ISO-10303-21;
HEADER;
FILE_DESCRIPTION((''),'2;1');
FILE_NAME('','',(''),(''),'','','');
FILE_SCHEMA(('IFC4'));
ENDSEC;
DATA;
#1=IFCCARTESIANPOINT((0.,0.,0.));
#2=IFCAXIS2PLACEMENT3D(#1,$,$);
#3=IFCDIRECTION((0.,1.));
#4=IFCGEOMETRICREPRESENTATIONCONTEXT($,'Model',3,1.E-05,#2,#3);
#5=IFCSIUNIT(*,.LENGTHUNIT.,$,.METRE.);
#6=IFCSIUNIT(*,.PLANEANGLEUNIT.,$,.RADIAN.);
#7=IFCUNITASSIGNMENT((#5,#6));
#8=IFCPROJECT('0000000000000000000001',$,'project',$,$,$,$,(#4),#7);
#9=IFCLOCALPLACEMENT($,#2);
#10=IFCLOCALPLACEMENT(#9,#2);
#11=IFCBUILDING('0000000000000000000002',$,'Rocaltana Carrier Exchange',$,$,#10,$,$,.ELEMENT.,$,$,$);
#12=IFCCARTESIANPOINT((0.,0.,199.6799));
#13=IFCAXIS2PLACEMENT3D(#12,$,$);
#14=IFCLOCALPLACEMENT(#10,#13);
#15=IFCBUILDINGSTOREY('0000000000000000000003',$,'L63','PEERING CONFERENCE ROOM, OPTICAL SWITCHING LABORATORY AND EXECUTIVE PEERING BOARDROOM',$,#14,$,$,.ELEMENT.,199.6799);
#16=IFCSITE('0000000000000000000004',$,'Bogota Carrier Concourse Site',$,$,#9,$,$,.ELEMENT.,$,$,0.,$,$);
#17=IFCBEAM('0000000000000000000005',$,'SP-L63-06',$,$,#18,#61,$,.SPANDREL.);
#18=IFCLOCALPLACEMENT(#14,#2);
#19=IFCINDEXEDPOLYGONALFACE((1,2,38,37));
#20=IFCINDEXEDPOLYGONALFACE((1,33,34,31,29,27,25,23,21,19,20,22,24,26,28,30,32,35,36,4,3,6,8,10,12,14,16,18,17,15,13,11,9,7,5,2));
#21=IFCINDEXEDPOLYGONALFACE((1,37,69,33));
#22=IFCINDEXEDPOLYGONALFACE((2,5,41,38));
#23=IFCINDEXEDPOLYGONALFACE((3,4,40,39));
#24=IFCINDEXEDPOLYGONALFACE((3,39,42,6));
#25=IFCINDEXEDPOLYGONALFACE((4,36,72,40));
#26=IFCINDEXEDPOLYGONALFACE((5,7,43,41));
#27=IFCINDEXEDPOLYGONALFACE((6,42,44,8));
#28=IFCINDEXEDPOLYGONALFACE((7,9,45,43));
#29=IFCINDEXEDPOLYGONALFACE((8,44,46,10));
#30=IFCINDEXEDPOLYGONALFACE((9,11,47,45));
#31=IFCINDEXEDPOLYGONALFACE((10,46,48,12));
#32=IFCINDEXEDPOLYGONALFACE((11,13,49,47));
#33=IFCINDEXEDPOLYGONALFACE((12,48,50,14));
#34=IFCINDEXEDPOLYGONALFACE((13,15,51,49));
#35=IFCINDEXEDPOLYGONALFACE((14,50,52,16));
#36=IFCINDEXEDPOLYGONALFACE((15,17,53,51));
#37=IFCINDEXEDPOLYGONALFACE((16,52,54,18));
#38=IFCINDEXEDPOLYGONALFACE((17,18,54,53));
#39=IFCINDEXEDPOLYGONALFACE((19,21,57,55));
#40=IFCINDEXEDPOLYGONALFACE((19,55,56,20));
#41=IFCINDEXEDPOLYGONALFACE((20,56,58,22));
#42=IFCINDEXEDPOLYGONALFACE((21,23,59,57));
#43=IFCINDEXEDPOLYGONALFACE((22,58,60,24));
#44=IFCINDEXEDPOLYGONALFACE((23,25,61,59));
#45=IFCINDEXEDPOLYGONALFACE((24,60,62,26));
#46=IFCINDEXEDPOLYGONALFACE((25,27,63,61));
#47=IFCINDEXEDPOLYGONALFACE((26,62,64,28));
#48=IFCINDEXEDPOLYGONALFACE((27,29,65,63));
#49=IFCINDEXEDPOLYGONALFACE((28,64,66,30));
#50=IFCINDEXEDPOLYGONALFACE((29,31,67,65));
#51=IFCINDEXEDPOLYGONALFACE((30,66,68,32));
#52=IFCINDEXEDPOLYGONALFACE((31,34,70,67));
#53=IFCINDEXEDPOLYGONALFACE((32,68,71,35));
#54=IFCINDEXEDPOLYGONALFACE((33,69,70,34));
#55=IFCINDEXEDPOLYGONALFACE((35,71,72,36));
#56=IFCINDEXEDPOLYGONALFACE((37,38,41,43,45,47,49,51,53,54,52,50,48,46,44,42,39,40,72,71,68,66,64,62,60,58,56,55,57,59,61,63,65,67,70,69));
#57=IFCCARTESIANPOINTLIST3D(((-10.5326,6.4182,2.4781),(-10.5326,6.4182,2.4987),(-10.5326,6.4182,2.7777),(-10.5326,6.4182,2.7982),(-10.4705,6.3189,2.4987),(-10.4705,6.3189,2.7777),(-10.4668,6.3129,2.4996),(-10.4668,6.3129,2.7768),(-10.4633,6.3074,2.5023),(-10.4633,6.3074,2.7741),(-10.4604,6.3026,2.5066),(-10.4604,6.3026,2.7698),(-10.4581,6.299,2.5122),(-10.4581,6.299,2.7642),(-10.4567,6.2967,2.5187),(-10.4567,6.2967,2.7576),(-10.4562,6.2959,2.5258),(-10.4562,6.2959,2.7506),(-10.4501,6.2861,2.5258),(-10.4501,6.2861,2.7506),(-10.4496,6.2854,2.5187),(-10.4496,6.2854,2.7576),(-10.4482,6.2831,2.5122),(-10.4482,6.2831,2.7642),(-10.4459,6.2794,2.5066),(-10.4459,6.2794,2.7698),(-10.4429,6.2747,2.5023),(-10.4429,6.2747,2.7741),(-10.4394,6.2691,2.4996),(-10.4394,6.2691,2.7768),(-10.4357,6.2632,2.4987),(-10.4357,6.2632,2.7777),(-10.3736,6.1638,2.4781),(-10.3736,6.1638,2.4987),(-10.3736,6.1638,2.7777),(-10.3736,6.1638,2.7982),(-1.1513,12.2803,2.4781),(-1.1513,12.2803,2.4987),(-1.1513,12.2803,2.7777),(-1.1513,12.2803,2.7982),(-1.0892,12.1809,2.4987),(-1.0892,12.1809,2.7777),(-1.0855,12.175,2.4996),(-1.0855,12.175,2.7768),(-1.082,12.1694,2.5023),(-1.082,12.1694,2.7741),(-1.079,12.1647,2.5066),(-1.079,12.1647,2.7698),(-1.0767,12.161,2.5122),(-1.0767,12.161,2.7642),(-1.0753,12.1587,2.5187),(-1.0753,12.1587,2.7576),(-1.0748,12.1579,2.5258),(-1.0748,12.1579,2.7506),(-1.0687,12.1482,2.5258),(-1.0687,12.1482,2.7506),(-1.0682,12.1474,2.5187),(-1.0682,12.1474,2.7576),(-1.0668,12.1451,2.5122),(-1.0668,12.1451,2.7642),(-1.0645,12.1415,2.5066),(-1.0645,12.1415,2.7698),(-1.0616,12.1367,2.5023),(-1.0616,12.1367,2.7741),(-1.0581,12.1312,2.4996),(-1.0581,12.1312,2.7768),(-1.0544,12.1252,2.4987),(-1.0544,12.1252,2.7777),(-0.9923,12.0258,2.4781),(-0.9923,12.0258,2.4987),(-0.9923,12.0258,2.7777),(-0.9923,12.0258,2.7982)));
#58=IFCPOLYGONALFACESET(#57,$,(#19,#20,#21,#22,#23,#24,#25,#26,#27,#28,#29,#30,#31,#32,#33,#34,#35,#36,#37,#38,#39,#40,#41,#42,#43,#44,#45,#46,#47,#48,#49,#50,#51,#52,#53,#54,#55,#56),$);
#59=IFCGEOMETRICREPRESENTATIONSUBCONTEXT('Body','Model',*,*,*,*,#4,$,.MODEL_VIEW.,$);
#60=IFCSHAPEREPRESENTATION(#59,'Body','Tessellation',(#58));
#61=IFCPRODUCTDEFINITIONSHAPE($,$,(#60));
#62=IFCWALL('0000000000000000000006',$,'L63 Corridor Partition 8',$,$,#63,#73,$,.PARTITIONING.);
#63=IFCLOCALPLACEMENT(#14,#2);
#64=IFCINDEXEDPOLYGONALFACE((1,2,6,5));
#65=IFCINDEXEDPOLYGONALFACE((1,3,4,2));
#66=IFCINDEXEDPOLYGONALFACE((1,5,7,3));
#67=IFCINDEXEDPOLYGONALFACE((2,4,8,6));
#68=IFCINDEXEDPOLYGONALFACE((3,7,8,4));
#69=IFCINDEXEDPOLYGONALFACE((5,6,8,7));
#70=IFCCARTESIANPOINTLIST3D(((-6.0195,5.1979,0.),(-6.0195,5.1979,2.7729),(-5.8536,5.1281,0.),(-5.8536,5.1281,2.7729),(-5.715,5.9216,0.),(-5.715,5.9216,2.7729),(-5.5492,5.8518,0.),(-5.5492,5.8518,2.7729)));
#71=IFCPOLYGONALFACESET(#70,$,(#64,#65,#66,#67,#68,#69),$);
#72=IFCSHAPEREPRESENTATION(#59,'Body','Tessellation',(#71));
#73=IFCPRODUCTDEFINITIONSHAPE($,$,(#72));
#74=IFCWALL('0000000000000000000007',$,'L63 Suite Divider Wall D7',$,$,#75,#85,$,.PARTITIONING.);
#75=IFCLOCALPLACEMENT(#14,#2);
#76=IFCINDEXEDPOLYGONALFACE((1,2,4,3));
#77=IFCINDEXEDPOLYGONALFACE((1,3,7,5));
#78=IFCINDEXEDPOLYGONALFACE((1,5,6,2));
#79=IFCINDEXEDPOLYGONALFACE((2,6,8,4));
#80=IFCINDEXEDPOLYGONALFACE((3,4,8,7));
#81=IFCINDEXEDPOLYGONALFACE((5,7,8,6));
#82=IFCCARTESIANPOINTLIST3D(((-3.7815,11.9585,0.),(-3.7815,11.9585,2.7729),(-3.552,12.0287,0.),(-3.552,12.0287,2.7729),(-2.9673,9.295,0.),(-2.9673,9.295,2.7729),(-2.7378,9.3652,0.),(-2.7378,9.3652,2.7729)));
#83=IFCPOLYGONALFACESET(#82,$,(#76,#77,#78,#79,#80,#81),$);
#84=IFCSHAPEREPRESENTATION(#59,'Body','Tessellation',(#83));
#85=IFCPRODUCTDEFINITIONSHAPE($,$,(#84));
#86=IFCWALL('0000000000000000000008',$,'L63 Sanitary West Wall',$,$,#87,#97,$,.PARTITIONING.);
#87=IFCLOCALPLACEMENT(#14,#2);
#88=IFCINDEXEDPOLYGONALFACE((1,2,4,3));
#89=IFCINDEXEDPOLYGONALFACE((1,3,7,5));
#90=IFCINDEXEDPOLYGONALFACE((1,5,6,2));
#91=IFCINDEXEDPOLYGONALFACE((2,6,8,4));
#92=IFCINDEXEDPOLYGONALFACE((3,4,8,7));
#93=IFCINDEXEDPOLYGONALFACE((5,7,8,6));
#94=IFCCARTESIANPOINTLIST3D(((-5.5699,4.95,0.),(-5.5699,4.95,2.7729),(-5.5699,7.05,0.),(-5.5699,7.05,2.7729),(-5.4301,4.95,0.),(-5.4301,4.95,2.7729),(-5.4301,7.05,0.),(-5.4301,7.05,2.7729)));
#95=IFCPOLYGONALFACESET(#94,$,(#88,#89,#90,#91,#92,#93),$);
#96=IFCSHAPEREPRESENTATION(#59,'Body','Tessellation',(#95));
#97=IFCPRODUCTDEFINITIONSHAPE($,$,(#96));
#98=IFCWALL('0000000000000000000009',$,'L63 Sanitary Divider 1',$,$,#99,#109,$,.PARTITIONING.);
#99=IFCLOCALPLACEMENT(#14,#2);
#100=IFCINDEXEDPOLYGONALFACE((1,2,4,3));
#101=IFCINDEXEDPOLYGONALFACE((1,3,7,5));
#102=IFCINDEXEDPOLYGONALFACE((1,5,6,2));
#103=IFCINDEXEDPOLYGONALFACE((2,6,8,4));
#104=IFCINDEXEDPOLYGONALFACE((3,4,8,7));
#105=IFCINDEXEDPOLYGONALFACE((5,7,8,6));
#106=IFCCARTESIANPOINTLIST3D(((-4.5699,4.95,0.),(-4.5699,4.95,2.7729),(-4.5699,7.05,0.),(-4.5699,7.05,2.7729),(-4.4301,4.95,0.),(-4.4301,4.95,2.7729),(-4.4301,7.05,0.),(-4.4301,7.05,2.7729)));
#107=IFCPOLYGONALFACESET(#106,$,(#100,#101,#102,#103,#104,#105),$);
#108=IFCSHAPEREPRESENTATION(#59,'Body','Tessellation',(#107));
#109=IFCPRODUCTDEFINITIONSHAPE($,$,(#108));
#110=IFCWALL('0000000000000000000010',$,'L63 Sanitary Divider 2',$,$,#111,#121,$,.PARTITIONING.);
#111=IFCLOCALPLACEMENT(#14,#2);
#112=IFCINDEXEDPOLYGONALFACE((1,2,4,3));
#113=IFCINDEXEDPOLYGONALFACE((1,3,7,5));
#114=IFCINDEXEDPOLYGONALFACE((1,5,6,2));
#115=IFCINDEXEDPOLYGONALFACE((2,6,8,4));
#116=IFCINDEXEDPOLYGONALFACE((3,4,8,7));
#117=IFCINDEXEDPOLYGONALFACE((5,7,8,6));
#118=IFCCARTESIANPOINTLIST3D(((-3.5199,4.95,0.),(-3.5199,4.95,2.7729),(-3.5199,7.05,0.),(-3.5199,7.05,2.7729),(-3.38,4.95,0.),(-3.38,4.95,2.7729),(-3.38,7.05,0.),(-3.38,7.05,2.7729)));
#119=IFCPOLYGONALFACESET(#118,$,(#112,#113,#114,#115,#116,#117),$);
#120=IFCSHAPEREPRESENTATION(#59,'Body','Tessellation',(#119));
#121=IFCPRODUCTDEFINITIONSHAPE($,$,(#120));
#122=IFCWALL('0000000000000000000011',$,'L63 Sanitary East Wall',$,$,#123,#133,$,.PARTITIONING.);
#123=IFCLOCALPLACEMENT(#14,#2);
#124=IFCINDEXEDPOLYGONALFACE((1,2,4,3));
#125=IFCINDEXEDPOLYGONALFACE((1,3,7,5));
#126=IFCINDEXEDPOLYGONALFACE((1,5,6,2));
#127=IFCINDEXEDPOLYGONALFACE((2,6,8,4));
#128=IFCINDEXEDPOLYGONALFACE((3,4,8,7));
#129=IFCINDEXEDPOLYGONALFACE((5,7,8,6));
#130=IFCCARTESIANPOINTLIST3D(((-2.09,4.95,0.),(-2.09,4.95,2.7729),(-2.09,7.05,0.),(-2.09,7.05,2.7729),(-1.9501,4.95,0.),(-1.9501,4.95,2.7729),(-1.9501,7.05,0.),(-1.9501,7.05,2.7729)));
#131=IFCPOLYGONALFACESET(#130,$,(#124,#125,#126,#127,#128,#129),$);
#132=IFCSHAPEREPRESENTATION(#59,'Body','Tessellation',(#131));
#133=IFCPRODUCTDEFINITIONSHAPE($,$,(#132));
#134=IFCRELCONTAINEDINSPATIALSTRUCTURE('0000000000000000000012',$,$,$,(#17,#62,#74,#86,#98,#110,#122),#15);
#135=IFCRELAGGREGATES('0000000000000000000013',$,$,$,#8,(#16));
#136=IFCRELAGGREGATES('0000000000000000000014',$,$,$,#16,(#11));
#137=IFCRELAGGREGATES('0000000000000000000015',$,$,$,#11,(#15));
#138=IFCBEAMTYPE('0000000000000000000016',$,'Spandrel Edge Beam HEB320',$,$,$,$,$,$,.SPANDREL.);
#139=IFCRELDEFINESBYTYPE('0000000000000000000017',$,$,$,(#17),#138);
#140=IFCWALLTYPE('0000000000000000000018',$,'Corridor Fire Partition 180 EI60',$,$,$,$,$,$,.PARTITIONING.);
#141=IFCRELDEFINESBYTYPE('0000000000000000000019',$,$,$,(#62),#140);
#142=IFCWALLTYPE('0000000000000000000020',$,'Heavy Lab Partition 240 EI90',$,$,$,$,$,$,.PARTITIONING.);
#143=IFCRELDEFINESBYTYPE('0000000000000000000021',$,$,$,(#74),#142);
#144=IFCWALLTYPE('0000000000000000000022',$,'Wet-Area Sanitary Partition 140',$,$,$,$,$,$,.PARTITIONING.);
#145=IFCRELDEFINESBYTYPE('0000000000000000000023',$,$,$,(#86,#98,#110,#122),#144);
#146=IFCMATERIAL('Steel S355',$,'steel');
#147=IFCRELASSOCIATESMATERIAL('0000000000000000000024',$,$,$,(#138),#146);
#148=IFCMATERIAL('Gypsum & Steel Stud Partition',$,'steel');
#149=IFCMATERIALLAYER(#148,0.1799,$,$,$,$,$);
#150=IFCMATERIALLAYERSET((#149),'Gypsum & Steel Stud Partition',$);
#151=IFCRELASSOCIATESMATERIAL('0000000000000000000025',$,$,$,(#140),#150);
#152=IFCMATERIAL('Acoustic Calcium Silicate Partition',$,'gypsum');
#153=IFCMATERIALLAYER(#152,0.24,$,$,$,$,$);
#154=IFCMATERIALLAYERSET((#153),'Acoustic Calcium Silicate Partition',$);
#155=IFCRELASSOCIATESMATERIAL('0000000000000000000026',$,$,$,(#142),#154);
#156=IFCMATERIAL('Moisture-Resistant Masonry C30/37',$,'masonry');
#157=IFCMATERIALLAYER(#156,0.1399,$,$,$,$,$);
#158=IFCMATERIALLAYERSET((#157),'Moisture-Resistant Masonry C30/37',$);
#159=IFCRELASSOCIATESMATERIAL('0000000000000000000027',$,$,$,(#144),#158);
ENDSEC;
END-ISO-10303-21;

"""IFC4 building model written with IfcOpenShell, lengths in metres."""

from ifc_helpers import new_model, si_unit, direction, frame, frame_2d, origin, origin_2d, place, context, subcontext, project, spatial, rectangle, i_section, extrude, material, layer, layer_set, material_profile, profile_set, type_object, element, save


model = new_model("IFC4")

# Units and contexts
model_context = context("Model", 3, precision=1e-05, world=origin(), true_north=direction((0.0, 1.0)))
body_context = subcontext(model_context, "Body", "Model", "MODEL_VIEW")
ifc_project = project(units=[si_unit("LENGTHUNIT", "METRE"), si_unit("PLANEANGLEUNIT", "RADIAN")], contexts=[model_context])

# Site, building, storey
site_placement = place(None, origin())
site = spatial("IfcSite", under=ifc_project, at=site_placement, Name="Bogota Carrier Concourse Site", CompositionType="ELEMENT", RefElevation=0.0)
building_placement = place(site_placement, origin())
building = spatial("IfcBuilding", under=site, at=building_placement, Name="Rocaltana Carrier Exchange", CompositionType="ELEMENT")
storey_placement = place(building_placement, frame((0.0, 0.0, 199.6799)))
storey = spatial("IfcBuildingStorey", under=building, at=storey_placement, Name="L63", Description="PEERING CONFERENCE ROOM, OPTICAL SWITCHING LABORATORY AND EXECUTIVE PEERING BOARDROOM", CompositionType="ELEMENT", Elevation=199.6799)

# Beam
ifc_material_1 = material(Name="Steel S355", Category="steel")
ifc_material_profile_1 = material_profile(ifc_material_1, i_section(OverallWidth=0.3, OverallDepth=0.3201, WebThickness=0.0115, FlangeThickness=0.0205, FilletRadius=0.0271, at=origin_2d()), Name="HEB320")
ifc_profile_set_1 = profile_set([ifc_material_profile_1], Name="Steel S355")
beam_type_1 = type_object("IfcBeamType", Name="Spandrel Edge Beam HEB320", PredefinedType="SPANDREL", material=ifc_profile_set_1)
beam_1_placement = place(storey_placement, frame((-1.0718, 12.1531, 2.6382), z_axis=(-0.84805, -0.529916, 0.0), x_axis=(0.529916, -0.84805, 0.0)))
element("IfcBeam", 1, at=beam_1_placement, inside=storey, type_object=beam_type_1, Name="SP-L63-06", PredefinedType="SPANDREL", context=body_context, shape_type="SweptSolid", body=[
    extrude(i_section(OverallWidth=0.3, OverallDepth=0.3201, WebThickness=0.0115, FlangeThickness=0.0205, FilletRadius=0.0271, at=origin_2d()), origin(), (0.0, 0.0, 1.0), 11.0623),
])

# Walls
ifc_material_2 = material(Name="Gypsum & Steel Stud Partition", Category="steel")
ifc_layer_1 = layer(ifc_material_2, 0.1799)
ifc_layer_set_1 = layer_set([ifc_layer_1], Name="Gypsum & Steel Stud Partition")
wall_type_1 = type_object("IfcWallType", Name="Corridor Fire Partition 180 EI60", PredefinedType="PARTITIONING", material=ifc_layer_set_1)
wall_1_placement = place(storey_placement, frame((-5.6321, 5.8867, 0.0), z_axis=(0.0, 0.0, 1.0), x_axis=(-0.387793, -0.921747, 0.0)))
element("IfcWall", 2, at=wall_1_placement, inside=storey, type_object=wall_type_1, Name="L63 Corridor Partition 8", PredefinedType="PARTITIONING", context=body_context, shape_type="SweptSolid", body=[
    extrude(rectangle(XDim=0.7852, YDim=0.1799, at=frame_2d((0.3926, 0.0))), origin(), (0.0, 0.0, 1.0), 2.7729),
])
ifc_material_3 = material(Name="Acoustic Calcium Silicate Partition", Category="gypsum")
ifc_layer_2 = layer(ifc_material_3, 0.24)
ifc_layer_set_2 = layer_set([ifc_layer_2], Name="Acoustic Calcium Silicate Partition")
wall_type_2 = type_object("IfcWallType", Name="Heavy Lab Partition 240 EI90", PredefinedType="PARTITIONING", material=ifc_layer_set_2)
wall_2_placement = place(storey_placement, frame((-2.8525, 9.3301, 0.0), z_axis=(0.0, 0.0, 1.0), x_axis=(-0.29233, 0.956318, 0.0)))
element("IfcWall", 3, at=wall_2_placement, inside=storey, type_object=wall_type_2, Name="L63 Suite Divider Wall D7", PredefinedType="PARTITIONING", context=body_context, shape_type="SweptSolid", body=[
    extrude(rectangle(XDim=2.7852, YDim=0.24, at=frame_2d((1.3926, 0.0))), origin(), (0.0, 0.0, 1.0), 2.7729),
])
ifc_material_4 = material(Name="Moisture-Resistant Masonry C30/37", Category="masonry")
ifc_layer_3 = layer(ifc_material_4, 0.1399)
ifc_layer_set_3 = layer_set([ifc_layer_3], Name="Moisture-Resistant Masonry C30/37")
wall_type_3 = type_object("IfcWallType", Name="Wet-Area Sanitary Partition 140", PredefinedType="PARTITIONING", material=ifc_layer_set_3)
for number, where, z_axis, x_axis, name in (
    (4, (-5.5, 4.95, 0.0), (0.0, 0.0, 1.0), (0.0, 1.0, 0.0), "L63 Sanitary West Wall"),
    (5, (-4.5, 4.95, 0.0), (0.0, 0.0, 1.0), (0.0, 1.0, 0.0), "L63 Sanitary Divider 1"),
    (6, (-3.45, 4.95, 0.0), (0.0, 0.0, 1.0), (0.0, 1.0, 0.0), "L63 Sanitary Divider 2"),
    (7, (-2.02, 4.95, 0.0), (0.0, 0.0, 1.0), (0.0, 1.0, 0.0), "L63 Sanitary East Wall"),
):
    element("IfcWall", number, at=place(storey_placement, frame(where, z_axis=z_axis, x_axis=x_axis)), inside=storey, type_object=wall_type_3, Name=name, PredefinedType="PARTITIONING", context=body_context, shape_type="SweptSolid", body=[
        extrude(rectangle(XDim=2.1001, YDim=0.1399, at=frame_2d((1.05, 0.0))), origin(), (0.0, 0.0, 1.0), 2.7729),
    ])

save(model, "model.ifc")
